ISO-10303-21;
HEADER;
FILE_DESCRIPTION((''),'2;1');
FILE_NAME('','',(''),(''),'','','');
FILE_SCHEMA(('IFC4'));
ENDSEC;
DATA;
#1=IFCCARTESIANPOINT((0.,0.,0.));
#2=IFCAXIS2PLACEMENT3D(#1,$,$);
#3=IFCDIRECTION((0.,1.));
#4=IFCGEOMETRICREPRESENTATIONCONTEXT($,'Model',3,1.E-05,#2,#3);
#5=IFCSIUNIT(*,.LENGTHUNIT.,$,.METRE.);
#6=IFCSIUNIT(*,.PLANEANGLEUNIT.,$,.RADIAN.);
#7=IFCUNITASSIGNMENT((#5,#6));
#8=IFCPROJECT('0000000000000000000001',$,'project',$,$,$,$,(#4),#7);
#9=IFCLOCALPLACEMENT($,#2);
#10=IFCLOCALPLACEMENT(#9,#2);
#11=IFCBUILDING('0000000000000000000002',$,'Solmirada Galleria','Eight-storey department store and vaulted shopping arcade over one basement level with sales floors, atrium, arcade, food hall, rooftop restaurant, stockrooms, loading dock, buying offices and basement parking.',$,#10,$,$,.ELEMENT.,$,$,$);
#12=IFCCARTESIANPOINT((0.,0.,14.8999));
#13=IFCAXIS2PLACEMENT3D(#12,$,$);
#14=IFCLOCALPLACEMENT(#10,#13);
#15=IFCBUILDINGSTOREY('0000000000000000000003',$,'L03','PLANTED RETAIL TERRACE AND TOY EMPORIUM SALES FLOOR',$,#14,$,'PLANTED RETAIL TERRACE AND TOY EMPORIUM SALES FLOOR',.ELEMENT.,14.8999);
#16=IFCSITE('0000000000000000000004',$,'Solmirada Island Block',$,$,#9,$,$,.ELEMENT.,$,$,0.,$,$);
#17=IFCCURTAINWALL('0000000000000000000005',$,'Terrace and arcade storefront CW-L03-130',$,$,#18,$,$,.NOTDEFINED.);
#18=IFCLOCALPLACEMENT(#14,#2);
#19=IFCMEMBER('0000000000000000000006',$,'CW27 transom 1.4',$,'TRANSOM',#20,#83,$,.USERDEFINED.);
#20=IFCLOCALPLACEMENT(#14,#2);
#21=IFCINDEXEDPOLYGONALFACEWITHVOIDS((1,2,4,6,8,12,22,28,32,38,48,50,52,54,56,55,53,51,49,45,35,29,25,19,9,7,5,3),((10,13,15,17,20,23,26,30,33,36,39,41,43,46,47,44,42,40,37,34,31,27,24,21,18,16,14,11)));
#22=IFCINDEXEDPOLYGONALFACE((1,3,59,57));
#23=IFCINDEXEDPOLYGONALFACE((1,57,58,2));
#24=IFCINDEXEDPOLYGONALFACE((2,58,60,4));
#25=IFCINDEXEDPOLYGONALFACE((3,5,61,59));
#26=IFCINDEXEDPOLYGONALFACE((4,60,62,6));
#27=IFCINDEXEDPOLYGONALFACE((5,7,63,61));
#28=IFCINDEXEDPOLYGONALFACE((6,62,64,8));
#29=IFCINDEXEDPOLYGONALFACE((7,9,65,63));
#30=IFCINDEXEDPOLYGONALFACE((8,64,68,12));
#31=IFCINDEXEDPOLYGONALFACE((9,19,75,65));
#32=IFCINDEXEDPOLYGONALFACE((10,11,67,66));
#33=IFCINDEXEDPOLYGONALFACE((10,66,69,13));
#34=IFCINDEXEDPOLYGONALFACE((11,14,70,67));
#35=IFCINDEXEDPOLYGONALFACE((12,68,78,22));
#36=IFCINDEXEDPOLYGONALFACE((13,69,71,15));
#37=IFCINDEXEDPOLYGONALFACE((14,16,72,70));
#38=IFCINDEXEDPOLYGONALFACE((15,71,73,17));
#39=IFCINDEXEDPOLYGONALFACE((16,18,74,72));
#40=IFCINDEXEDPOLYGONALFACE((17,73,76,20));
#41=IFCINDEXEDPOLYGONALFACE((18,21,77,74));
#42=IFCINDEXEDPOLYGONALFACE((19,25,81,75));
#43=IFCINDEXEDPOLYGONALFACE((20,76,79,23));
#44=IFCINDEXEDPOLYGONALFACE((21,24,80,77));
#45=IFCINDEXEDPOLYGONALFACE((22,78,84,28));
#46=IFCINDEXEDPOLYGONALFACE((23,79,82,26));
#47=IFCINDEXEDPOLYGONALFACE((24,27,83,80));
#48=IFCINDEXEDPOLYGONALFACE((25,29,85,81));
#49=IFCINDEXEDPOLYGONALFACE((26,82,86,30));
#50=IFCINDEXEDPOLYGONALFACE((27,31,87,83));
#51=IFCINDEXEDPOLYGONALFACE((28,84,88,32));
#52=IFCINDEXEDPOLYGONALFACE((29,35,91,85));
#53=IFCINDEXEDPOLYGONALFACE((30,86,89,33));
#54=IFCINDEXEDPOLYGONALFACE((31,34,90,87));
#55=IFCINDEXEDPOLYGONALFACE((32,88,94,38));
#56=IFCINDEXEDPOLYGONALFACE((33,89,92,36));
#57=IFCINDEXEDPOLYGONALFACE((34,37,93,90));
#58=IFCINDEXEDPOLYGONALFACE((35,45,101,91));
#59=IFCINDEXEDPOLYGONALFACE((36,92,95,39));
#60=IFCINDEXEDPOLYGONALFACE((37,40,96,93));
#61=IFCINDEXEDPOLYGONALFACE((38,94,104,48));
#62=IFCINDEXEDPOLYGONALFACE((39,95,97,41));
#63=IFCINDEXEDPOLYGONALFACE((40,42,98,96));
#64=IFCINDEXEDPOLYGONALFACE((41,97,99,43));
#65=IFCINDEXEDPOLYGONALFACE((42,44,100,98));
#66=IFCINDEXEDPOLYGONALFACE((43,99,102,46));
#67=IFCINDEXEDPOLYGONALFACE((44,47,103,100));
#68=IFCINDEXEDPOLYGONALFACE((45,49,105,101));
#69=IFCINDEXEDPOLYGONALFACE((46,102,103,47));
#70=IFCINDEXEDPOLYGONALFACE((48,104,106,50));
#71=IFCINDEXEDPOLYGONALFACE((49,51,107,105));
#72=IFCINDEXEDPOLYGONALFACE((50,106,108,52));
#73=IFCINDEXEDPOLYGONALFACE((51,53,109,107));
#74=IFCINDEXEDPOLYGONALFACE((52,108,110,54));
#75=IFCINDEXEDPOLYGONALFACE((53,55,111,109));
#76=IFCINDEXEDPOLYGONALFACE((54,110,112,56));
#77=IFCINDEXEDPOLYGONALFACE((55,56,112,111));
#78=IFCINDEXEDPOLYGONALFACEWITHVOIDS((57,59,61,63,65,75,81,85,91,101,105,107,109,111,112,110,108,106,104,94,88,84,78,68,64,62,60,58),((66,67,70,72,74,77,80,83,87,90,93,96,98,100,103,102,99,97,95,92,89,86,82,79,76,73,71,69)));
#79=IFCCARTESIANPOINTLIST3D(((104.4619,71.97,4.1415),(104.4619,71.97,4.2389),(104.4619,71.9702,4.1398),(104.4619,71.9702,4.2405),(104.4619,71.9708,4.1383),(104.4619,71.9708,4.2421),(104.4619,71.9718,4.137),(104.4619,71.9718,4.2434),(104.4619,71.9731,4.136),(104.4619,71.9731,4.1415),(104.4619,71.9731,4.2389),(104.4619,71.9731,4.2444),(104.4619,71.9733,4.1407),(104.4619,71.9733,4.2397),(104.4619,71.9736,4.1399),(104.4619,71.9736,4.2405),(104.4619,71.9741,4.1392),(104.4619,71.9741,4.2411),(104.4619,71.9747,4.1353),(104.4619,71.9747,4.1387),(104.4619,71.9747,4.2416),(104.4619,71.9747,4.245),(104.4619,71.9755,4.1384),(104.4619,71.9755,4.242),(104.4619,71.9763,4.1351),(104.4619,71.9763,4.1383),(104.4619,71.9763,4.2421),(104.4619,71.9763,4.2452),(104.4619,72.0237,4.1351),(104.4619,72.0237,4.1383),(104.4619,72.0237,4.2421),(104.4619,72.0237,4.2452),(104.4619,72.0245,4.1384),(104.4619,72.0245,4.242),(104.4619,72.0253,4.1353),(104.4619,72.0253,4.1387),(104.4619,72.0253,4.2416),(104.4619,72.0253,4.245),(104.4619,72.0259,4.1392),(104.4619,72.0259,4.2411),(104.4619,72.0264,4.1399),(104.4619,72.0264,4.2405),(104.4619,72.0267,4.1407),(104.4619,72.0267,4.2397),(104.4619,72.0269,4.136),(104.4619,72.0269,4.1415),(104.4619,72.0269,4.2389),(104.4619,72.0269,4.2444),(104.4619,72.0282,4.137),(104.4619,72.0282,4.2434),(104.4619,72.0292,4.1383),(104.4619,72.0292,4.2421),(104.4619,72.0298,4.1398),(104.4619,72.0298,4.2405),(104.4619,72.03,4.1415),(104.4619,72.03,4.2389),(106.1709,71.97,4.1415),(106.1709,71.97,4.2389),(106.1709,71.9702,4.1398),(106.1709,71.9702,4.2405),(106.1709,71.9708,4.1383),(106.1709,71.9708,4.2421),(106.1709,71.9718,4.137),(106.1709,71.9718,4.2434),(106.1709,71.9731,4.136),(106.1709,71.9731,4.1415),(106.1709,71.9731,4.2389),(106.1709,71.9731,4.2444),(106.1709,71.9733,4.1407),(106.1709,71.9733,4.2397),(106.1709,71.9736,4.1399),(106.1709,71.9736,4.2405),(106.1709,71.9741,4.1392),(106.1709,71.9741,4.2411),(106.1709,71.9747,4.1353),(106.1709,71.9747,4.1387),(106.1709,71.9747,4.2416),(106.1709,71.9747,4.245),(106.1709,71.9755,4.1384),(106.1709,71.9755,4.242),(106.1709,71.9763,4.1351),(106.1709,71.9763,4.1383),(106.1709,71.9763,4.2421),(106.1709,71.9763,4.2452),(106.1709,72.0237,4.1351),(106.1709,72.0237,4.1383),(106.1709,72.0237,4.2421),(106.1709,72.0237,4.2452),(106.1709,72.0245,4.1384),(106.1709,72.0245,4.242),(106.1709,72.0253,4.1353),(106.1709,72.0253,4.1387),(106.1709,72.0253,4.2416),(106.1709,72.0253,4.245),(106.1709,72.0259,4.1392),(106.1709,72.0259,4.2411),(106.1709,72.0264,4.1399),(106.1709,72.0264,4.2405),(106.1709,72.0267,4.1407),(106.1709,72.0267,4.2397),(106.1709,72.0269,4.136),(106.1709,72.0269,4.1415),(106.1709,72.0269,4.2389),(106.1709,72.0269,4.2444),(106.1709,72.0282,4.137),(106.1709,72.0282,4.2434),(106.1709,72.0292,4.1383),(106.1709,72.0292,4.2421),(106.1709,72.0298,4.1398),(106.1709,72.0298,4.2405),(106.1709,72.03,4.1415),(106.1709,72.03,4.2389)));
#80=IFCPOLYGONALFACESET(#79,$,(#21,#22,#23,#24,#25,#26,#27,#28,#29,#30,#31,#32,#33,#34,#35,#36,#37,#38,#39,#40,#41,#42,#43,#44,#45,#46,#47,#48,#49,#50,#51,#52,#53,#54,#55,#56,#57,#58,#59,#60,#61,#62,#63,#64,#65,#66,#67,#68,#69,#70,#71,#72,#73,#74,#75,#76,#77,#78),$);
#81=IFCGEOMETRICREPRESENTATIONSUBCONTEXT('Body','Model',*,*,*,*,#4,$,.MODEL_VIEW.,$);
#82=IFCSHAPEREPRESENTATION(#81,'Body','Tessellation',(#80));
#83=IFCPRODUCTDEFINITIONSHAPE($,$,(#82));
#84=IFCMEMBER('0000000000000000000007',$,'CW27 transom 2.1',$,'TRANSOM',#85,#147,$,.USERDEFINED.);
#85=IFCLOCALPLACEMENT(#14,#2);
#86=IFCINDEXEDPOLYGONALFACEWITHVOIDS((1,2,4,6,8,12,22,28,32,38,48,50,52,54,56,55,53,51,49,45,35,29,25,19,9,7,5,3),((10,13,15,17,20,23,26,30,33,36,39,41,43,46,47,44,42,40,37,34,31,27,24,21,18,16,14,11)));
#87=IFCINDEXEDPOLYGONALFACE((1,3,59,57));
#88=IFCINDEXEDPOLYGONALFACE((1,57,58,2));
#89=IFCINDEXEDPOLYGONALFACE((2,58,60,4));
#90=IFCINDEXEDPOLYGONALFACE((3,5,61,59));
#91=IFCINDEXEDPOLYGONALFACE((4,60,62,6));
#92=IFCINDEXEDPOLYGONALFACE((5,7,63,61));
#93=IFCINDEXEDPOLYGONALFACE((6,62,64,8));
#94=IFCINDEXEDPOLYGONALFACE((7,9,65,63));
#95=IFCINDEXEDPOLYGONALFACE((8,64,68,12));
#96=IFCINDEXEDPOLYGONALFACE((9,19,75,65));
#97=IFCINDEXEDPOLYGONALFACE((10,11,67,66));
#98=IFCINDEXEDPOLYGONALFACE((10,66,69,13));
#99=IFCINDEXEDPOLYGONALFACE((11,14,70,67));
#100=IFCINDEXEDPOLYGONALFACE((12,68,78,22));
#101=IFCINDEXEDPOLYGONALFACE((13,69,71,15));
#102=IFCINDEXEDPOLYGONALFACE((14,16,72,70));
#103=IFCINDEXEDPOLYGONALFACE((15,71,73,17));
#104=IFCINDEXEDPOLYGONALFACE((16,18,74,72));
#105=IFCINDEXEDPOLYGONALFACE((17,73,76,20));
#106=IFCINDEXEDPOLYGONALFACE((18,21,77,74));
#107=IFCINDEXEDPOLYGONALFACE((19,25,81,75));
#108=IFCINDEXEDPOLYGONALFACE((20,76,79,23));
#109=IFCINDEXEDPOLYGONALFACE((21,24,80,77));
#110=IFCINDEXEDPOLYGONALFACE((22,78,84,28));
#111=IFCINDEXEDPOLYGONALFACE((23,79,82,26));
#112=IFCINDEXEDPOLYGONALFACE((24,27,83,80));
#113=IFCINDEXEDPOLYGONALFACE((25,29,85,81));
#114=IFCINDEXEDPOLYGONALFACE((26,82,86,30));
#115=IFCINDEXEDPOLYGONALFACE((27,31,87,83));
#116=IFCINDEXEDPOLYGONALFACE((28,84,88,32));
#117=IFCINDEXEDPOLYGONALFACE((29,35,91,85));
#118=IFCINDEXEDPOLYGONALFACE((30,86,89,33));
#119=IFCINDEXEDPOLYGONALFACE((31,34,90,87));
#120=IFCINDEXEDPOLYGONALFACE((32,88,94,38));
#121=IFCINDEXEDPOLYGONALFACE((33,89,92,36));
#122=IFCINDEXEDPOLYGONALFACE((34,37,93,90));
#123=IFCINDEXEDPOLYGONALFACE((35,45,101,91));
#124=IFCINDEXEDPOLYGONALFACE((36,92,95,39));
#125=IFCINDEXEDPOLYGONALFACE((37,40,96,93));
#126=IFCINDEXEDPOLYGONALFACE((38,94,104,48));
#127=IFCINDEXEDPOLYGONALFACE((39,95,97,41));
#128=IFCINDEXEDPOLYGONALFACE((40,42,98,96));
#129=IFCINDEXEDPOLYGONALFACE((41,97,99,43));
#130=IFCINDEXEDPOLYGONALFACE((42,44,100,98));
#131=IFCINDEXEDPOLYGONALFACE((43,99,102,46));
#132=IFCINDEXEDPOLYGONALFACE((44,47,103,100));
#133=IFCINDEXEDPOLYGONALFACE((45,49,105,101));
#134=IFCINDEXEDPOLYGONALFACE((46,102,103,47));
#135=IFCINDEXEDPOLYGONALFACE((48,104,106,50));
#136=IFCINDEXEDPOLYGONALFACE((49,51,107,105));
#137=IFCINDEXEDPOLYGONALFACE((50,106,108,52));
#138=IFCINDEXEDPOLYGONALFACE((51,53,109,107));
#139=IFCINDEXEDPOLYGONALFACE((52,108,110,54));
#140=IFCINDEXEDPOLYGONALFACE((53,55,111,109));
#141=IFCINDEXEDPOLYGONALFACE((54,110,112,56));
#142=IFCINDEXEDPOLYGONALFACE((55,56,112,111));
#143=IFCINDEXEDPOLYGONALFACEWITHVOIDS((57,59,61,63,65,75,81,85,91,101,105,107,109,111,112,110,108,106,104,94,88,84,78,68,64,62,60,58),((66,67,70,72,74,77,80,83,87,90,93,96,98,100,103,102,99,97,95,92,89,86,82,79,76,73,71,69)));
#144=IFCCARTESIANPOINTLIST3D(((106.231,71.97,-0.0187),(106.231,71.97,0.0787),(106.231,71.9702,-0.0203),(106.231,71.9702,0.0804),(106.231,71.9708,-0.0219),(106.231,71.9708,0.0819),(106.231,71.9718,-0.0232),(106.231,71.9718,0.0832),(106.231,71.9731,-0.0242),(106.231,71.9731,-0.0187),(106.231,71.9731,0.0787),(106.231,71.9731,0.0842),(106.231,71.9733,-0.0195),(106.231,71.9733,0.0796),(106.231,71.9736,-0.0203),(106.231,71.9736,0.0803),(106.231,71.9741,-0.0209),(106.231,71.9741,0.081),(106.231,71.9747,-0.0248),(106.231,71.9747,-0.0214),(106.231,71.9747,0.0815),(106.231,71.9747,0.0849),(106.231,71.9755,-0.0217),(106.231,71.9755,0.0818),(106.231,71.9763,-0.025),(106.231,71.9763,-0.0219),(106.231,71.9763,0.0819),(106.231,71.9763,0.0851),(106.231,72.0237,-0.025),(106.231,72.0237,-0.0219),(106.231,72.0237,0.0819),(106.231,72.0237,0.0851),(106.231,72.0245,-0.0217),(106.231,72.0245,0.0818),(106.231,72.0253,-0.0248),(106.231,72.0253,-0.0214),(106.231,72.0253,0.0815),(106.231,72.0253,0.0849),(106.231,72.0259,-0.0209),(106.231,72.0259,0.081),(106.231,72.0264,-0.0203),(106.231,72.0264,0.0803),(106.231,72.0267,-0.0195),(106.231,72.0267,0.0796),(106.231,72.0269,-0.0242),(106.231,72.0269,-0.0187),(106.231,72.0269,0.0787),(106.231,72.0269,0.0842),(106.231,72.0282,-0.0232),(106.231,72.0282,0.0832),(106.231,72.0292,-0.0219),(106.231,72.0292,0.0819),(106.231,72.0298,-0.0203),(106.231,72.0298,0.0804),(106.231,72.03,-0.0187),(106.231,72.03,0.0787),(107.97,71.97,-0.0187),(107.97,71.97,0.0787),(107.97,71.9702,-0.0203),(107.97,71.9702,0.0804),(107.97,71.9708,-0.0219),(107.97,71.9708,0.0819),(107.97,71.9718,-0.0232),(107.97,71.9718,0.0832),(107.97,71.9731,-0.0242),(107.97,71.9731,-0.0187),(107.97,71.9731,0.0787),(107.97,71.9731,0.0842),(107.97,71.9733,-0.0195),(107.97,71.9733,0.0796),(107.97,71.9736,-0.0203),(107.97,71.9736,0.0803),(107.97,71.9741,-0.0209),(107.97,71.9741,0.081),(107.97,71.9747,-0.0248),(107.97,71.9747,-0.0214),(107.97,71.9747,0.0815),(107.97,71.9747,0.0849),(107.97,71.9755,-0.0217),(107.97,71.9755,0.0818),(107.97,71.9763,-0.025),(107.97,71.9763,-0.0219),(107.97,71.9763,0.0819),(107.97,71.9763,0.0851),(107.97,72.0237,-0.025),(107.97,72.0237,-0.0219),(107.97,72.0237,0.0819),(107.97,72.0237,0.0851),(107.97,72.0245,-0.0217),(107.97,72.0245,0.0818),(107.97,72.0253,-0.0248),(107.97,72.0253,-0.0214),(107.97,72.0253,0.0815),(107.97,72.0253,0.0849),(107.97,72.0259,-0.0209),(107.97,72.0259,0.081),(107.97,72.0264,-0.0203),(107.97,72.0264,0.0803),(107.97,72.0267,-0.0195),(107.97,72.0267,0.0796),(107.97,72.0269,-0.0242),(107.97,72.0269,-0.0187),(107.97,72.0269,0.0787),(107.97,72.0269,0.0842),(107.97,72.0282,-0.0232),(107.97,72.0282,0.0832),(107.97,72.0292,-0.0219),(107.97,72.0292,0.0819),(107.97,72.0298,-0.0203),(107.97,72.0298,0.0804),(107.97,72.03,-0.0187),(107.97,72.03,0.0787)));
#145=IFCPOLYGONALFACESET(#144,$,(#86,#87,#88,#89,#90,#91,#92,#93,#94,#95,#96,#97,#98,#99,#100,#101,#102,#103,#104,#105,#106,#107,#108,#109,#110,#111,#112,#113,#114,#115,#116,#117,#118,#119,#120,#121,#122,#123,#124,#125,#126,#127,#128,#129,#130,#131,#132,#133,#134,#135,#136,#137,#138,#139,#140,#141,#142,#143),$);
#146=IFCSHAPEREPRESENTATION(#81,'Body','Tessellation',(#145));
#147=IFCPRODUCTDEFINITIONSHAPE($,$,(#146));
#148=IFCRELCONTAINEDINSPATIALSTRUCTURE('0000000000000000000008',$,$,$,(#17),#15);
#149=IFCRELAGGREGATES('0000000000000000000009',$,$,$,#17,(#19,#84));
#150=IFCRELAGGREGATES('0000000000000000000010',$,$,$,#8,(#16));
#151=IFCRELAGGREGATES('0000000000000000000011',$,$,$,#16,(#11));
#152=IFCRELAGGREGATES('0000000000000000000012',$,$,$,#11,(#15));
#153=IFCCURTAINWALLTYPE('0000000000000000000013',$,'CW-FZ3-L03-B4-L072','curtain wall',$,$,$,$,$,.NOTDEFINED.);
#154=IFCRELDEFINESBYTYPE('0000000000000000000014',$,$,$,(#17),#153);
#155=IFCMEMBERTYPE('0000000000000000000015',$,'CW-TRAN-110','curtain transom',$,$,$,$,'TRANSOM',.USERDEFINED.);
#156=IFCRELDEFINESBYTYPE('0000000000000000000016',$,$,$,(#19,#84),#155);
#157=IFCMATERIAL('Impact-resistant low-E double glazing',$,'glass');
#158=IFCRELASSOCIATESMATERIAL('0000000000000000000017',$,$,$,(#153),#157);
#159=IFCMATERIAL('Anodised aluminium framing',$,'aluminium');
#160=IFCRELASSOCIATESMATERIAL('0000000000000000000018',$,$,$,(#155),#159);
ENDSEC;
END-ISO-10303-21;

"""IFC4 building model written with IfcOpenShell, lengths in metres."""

from ifc_helpers import new_model, si_unit, direction, frame, origin, origin_2d, place, context, subcontext, project, spatial, hollow_rectangle, extrude, material, material_profile, profile_set, type_object, element, aggregate, save


model = new_model("IFC4")

# Units and contexts
model_context = context("Model", 3, precision=1e-05, world=origin(), true_north=direction((0.0, 1.0)))
body_context = subcontext(model_context, "Body", "Model", "MODEL_VIEW")
ifc_project = project(units=[si_unit("LENGTHUNIT", "METRE"), si_unit("PLANEANGLEUNIT", "RADIAN")], contexts=[model_context])

# Site, building, storey
site_placement = place(None, origin())
site = spatial("IfcSite", under=ifc_project, at=site_placement, Name="Solmirada Island Block", CompositionType="ELEMENT", RefElevation=0.0)
building_placement = place(site_placement, origin())
building = spatial("IfcBuilding", under=site, at=building_placement, Name="Solmirada Galleria", Description="Eight-storey department store and vaulted shopping arcade over one basement level with sales floors, atrium, arcade, food hall, rooftop restaurant, stockrooms, loading dock, buying offices and basement parking.", CompositionType="ELEMENT")
storey_placement = place(building_placement, frame((0.0, 0.0, 14.8999)))
storey = spatial("IfcBuildingStorey", under=building, at=storey_placement, Name="L03", Description="PLANTED RETAIL TERRACE AND TOY EMPORIUM SALES FLOOR", LongName="PLANTED RETAIL TERRACE AND TOY EMPORIUM SALES FLOOR", CompositionType="ELEMENT", Elevation=14.8999)

# Shared definitions
ifc_material_1 = material(Name="Impact-resistant low-E double glazing", Category="glass")
curtain_wall_type = type_object("IfcCurtainWallType", Name="CW-FZ3-L03-B4-L072", Description="curtain wall", PredefinedType="NOTDEFINED", material=ifc_material_1)
ifc_material_2 = material(Name="Anodised aluminium framing", Category="aluminium")

# Curtain wall
curtain_wall_1_placement = place(storey_placement, origin())
curtain_wall_1 = element("IfcCurtainWall", 1, at=curtain_wall_1_placement, inside=storey, type_object=curtain_wall_type, Name="Terrace and arcade storefront CW-L03-130", PredefinedType="NOTDEFINED")

# Members
ifc_material_profile_1 = material_profile(ifc_material_2, hollow_rectangle(XDim=0.0601, YDim=0.1101, WallThickness=0.0032, InnerFilletRadius=0.0032, OuterFilletRadius=0.0063, at=origin_2d()), Name="ALU-TRAN-110X60")
ifc_profile_set_1 = profile_set([ifc_material_profile_1], Name="Anodised aluminium framing")
member_type_1 = type_object("IfcMemberType", Name="CW-TRAN-110", Description="curtain transom", ElementType="TRANSOM", PredefinedType="USERDEFINED", material=ifc_profile_set_1)
member_1_placement = place(storey_placement, frame((104.4619, 72.0, 4.1902), z_axis=(1.0, 0.0, 0.0), x_axis=(0.0, 1.0, 0.0)))
member_1 = element("IfcMember", 2, at=member_1_placement, type_object=member_type_1, Name="CW27 transom 1.4", ObjectType="TRANSOM", PredefinedType="USERDEFINED", context=body_context, shape_type="SweptSolid", body=[
    extrude(hollow_rectangle(XDim=0.0601, YDim=0.1101, WallThickness=0.0032, InnerFilletRadius=0.0032, OuterFilletRadius=0.0063, at=origin_2d()), origin(), (0.0, 0.0, 1.0), 1.709),
])
member_2_placement = place(storey_placement, frame((106.231, 72.0, 0.03), z_axis=(1.0, 0.0, 0.0), x_axis=(0.0, 1.0, 0.0)))
member_2 = element("IfcMember", 3, at=member_2_placement, type_object=member_type_1, Name="CW27 transom 2.1", ObjectType="TRANSOM", PredefinedType="USERDEFINED", context=body_context, shape_type="SweptSolid", body=[
    extrude(hollow_rectangle(XDim=0.0601, YDim=0.1101, WallThickness=0.0032, InnerFilletRadius=0.0032, OuterFilletRadius=0.0063, at=origin_2d()), origin(), (0.0, 0.0, 1.0), 1.739),
])

aggregate(curtain_wall_1, [member_1, member_2])

save(model, "model.ifc")
